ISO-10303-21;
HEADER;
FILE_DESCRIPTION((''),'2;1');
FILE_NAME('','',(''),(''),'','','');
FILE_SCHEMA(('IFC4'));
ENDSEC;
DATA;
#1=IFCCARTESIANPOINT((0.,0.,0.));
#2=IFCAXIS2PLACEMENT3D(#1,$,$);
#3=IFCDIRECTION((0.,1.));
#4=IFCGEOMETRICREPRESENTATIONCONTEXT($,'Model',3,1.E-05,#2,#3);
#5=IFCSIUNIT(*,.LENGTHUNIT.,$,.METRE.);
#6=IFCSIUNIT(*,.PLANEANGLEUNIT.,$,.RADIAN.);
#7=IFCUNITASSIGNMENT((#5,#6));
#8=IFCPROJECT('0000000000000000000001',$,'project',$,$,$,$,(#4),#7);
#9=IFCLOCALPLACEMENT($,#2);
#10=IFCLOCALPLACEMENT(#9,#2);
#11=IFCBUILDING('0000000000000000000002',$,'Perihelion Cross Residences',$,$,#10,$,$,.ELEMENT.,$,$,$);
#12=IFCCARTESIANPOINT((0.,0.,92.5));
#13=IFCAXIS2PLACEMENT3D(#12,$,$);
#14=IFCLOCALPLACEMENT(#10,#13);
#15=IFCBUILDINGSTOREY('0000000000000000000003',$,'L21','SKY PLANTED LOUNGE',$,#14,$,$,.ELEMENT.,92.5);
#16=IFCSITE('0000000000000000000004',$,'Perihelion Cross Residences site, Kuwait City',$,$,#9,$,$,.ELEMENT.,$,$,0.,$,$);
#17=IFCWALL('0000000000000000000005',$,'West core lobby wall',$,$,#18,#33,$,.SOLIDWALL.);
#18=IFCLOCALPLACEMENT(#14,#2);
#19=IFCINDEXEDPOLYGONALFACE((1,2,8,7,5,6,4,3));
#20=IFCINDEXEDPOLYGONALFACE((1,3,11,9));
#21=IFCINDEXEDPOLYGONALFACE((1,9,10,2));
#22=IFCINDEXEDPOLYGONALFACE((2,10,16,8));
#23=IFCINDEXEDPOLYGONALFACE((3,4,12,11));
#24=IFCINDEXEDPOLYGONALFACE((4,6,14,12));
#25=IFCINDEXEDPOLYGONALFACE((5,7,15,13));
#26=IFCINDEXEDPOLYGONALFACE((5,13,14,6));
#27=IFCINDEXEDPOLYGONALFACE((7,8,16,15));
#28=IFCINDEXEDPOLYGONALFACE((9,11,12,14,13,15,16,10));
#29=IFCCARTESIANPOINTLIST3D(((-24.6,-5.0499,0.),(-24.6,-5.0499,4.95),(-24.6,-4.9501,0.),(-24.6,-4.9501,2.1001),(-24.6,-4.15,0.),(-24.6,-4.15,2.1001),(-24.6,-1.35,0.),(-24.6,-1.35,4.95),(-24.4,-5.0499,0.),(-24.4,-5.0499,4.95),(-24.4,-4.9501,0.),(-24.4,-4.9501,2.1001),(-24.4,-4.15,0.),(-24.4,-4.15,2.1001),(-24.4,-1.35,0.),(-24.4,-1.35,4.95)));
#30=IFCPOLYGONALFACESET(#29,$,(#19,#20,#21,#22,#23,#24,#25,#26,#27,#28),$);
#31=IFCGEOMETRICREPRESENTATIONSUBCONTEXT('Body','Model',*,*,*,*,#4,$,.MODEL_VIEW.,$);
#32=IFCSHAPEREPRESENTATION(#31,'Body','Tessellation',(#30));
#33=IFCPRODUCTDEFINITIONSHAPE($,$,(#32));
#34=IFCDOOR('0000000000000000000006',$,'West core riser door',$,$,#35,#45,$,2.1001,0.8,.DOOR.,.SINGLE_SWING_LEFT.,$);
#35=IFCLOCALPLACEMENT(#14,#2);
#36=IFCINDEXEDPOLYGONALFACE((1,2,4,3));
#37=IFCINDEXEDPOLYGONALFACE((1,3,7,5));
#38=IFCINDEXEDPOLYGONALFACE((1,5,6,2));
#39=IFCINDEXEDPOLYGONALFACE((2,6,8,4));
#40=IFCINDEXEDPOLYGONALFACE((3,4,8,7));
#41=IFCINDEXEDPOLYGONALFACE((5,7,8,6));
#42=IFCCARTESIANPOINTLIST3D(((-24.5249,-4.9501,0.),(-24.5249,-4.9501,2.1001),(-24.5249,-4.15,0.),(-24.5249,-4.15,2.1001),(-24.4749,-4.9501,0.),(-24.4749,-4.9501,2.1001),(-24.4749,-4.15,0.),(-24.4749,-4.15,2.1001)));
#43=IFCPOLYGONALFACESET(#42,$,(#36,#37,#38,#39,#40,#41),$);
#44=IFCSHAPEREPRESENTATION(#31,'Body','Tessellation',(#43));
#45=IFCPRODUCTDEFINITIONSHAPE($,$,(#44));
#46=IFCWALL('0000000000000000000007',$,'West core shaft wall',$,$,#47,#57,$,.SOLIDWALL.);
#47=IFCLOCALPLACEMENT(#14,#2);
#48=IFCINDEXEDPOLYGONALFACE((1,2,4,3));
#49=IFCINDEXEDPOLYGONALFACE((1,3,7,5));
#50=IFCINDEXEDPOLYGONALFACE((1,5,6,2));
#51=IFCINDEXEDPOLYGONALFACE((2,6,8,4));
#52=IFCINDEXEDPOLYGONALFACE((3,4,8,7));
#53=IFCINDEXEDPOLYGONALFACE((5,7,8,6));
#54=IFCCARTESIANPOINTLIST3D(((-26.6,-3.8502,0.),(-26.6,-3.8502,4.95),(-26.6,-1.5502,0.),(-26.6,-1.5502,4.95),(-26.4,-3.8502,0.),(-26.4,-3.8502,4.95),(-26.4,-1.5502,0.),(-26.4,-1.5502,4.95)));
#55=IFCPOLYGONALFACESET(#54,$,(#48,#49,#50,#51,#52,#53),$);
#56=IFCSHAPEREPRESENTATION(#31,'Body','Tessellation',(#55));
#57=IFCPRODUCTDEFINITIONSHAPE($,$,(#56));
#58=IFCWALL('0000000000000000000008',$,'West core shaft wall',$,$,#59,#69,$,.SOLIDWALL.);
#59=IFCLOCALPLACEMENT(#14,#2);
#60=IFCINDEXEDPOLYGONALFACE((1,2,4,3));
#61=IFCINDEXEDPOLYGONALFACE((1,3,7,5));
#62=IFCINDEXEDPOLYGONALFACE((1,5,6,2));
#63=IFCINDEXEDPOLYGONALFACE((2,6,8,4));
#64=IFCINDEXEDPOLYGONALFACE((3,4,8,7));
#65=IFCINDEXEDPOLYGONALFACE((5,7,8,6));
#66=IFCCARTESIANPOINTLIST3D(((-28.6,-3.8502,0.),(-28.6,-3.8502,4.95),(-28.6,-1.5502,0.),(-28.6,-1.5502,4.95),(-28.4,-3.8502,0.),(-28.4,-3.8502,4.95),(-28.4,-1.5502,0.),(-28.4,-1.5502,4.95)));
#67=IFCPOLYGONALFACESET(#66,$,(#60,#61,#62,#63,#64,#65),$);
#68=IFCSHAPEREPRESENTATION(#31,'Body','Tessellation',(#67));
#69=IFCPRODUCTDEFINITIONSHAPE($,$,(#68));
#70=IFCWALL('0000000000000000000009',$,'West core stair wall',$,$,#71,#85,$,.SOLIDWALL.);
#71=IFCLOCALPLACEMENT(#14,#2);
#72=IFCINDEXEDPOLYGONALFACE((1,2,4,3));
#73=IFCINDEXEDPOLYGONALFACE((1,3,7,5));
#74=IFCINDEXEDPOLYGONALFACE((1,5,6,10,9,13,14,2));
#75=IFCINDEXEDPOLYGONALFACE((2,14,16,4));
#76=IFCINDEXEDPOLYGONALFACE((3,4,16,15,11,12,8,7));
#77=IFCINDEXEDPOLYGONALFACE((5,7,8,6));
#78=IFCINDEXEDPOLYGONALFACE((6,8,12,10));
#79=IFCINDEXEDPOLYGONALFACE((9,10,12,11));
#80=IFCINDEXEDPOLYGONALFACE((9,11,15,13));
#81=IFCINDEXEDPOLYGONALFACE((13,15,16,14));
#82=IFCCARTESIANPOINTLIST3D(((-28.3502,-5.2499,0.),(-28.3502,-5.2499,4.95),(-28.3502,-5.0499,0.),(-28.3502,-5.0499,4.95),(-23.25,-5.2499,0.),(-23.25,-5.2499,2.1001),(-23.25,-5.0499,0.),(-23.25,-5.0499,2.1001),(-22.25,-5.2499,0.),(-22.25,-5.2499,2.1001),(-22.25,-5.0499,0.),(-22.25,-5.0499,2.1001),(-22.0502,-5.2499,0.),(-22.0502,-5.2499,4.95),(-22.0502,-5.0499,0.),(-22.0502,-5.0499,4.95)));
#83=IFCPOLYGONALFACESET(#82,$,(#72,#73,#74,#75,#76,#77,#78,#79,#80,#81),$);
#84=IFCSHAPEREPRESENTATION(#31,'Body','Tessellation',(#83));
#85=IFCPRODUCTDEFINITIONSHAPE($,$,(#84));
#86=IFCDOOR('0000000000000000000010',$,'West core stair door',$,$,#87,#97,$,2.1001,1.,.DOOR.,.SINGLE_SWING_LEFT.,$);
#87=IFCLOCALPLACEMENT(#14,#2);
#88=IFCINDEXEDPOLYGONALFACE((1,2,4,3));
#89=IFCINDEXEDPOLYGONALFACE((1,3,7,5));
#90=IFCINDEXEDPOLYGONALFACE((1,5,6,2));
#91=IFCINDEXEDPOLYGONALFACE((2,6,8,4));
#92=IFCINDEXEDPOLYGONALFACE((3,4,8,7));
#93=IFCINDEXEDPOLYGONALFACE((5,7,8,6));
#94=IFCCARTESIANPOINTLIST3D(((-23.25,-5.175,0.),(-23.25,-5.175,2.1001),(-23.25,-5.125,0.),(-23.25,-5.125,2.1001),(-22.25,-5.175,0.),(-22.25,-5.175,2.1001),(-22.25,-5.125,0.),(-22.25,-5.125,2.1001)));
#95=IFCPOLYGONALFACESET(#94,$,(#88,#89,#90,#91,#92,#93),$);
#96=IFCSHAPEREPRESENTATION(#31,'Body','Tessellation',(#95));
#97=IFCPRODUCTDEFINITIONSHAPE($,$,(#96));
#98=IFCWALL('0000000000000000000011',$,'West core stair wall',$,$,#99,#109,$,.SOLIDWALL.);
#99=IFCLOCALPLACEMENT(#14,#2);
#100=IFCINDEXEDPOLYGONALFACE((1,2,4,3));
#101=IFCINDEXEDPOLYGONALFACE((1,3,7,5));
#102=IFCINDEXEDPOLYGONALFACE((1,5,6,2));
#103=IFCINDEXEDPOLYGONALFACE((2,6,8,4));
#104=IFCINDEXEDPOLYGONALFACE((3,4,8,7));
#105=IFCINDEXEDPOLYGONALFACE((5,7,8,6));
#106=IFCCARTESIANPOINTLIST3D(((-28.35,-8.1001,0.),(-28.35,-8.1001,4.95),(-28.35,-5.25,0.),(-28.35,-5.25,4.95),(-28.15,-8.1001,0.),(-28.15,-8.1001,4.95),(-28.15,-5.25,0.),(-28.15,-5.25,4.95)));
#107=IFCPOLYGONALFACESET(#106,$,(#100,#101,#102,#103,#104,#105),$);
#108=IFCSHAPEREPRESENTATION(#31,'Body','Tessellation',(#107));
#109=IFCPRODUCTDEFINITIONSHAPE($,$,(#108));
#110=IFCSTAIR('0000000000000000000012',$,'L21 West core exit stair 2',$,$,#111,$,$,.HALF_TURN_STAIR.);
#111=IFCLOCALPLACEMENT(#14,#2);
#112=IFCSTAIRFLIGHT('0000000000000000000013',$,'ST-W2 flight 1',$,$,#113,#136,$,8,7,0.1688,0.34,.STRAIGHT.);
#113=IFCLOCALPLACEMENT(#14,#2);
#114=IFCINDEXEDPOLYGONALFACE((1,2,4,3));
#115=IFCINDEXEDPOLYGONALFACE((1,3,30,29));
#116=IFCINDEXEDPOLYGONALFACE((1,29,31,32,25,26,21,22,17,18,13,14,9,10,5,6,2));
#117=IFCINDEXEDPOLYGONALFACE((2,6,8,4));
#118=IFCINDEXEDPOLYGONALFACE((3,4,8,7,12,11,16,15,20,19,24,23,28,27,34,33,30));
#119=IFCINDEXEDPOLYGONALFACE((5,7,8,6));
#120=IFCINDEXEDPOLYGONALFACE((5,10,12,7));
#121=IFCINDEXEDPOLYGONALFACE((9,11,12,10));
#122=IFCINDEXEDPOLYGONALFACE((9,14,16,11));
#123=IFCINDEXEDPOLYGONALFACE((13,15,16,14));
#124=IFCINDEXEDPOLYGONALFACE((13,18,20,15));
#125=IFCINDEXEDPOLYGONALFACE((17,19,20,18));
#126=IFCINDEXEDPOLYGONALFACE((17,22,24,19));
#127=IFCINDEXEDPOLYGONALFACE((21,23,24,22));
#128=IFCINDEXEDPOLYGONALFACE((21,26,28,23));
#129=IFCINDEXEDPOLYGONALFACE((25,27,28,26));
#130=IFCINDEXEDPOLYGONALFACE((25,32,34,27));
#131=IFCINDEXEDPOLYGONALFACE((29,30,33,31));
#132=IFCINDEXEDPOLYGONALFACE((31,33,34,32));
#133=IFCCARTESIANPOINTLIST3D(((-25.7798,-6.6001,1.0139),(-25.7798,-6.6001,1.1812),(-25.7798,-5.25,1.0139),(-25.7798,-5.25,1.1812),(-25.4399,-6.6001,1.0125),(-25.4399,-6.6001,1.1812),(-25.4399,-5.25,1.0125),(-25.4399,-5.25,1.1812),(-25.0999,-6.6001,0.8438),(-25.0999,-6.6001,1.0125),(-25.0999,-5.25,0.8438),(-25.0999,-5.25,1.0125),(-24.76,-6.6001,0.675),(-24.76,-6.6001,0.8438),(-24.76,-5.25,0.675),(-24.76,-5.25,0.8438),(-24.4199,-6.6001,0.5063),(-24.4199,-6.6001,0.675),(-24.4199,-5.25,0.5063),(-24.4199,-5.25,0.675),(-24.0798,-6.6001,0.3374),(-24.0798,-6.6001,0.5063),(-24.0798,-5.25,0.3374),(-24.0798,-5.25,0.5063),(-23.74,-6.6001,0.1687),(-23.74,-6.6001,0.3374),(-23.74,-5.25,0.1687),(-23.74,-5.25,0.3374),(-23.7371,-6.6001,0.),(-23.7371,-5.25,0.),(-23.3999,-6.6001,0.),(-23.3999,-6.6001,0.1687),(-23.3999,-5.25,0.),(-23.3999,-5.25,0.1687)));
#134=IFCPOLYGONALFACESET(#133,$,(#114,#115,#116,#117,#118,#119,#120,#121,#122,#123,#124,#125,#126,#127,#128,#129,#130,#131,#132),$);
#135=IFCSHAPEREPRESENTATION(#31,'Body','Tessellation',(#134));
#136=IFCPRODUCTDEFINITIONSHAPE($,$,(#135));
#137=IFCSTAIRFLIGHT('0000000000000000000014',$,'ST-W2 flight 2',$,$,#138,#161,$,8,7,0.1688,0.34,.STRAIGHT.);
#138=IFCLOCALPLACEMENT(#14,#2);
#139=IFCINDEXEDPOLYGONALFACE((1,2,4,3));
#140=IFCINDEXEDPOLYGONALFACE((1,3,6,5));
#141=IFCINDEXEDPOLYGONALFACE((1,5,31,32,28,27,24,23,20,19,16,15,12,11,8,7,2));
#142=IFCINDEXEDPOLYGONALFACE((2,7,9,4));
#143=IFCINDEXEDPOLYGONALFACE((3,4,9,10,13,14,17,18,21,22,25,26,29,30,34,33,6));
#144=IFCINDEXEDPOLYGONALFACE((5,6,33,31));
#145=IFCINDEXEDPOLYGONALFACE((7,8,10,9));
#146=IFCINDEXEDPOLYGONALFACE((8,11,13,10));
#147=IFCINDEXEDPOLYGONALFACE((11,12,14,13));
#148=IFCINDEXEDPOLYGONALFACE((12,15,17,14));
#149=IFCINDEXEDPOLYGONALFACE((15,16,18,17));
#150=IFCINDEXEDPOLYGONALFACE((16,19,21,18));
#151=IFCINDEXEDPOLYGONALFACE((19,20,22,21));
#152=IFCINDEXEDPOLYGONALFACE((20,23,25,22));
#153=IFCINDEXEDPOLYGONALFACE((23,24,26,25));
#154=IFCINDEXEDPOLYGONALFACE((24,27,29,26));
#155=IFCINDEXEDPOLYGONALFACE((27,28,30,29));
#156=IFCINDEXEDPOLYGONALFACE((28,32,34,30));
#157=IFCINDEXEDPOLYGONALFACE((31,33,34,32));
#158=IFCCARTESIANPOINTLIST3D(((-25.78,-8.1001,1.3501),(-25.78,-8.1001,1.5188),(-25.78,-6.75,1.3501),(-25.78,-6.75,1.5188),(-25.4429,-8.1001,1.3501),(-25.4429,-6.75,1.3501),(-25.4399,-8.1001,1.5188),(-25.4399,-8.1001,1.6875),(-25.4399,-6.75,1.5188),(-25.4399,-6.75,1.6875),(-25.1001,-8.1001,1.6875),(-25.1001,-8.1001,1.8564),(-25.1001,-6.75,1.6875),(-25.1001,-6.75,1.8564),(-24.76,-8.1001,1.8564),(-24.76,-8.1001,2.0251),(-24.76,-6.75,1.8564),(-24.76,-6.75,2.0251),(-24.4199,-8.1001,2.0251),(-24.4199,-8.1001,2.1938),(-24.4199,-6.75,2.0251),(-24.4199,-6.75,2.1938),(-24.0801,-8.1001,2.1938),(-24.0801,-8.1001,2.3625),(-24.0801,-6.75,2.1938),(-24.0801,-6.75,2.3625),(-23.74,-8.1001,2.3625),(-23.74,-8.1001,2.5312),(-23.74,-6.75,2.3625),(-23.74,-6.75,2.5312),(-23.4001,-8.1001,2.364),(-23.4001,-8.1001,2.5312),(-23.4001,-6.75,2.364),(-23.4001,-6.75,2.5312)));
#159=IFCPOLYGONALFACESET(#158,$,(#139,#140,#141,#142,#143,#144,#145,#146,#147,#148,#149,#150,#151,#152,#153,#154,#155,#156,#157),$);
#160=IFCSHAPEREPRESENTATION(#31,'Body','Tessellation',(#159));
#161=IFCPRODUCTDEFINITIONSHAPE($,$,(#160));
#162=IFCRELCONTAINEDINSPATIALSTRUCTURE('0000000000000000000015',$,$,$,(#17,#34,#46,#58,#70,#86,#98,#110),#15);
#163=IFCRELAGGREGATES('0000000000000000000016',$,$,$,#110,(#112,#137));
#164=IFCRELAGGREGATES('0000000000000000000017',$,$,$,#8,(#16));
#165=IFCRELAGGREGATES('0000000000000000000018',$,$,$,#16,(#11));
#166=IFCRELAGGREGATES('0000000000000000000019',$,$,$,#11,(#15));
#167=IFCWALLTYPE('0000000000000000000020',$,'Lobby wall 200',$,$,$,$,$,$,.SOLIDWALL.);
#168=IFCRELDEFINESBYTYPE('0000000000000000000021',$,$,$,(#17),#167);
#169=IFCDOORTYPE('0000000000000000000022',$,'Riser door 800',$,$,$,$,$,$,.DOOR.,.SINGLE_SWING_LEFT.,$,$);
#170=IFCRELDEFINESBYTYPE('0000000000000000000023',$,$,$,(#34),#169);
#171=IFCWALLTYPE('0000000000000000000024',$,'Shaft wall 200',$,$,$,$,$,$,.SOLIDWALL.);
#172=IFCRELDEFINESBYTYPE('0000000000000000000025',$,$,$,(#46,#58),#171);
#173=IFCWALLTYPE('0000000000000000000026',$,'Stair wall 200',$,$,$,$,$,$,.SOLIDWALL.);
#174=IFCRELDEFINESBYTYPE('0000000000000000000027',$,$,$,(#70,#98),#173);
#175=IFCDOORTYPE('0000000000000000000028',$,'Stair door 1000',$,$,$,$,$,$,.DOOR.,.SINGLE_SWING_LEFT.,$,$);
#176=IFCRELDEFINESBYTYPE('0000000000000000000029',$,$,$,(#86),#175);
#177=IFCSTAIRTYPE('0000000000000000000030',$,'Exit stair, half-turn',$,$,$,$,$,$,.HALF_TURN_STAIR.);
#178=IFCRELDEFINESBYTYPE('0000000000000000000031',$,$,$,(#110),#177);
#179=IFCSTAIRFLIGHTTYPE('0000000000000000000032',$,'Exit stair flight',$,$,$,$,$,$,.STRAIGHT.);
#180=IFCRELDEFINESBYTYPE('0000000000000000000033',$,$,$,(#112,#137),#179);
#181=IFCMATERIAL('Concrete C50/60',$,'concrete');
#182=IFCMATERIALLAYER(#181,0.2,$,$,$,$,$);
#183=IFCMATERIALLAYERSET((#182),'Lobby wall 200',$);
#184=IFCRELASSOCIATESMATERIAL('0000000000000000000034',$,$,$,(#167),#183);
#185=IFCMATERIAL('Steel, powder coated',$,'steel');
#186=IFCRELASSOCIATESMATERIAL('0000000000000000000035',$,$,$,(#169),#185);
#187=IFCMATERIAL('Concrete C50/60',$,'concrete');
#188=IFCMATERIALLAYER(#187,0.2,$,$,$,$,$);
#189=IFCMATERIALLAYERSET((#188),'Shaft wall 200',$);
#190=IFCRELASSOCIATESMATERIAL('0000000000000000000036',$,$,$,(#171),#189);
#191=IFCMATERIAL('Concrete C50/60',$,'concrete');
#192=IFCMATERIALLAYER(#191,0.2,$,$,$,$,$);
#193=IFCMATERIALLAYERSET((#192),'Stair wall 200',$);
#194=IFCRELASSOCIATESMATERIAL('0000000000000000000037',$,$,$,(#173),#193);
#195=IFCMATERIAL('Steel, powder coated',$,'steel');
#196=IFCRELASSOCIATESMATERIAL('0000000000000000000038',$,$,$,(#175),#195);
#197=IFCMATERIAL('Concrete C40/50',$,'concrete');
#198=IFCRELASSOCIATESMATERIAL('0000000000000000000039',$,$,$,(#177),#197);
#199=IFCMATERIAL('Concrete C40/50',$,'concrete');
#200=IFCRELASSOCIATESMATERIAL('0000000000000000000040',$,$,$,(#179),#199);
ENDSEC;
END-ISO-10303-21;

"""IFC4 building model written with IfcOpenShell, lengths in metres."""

from ifc_helpers import new_model, si_unit, direction, frame, frame_2d, origin, place, context, subcontext, project, spatial, polyline, rectangle, outline, extrude, material, layer, layer_set, type_object, element, fill, aggregate, save


model = new_model("IFC4")

# Units and contexts
model_context = context("Model", 3, precision=1e-05, world=origin(), true_north=direction((0.0, 1.0)))
body_context = subcontext(model_context, "Body", "Model", "MODEL_VIEW")
ifc_project = project(units=[si_unit("LENGTHUNIT", "METRE"), si_unit("PLANEANGLEUNIT", "RADIAN")], contexts=[model_context])

# Site, building, storey
site_placement = place(None, origin())
site = spatial("IfcSite", under=ifc_project, at=site_placement, Name="Perihelion Cross Residences site, Kuwait City", CompositionType="ELEMENT", RefElevation=0.0)
building_placement = place(site_placement, origin())
building = spatial("IfcBuilding", under=site, at=building_placement, Name="Perihelion Cross Residences", CompositionType="ELEMENT")
storey_placement = place(building_placement, frame((0.0, 0.0, 92.5)))
storey = spatial("IfcBuildingStorey", under=building, at=storey_placement, Name="L21", Description="SKY PLANTED LOUNGE", CompositionType="ELEMENT", Elevation=92.5)

# Wall, opening, door
ifc_material_1 = material(Name="Concrete C50/60", Category="concrete")
ifc_layer_1 = layer(ifc_material_1, 0.2)
ifc_layer_set_1 = layer_set([ifc_layer_1], Name="Lobby wall 200")
wall_type_1 = type_object("IfcWallType", Name="Lobby wall 200", PredefinedType="SOLIDWALL", material=ifc_layer_set_1)
wall_1_placement = place(storey_placement, frame((-24.5, -5.05, 0.0), z_axis=(0.0, 0.0, 1.0), x_axis=(0.0, 1.0, 0.0)))
wall_1 = element("IfcWall", 1, at=wall_1_placement, inside=storey, type_object=wall_type_1, Name="West core lobby wall", PredefinedType="SOLIDWALL", context=body_context, shape_type="SweptSolid", body=[
    extrude(rectangle(XDim=3.7, YDim=0.2, at=frame_2d((1.8501, 0.0))), origin(), (0.0, 0.0, 1.0), 4.95),
])
opening_1_placement = place(wall_1_placement, frame((0.1001, 0.0, 0.0)))
opening_1 = element("IfcOpeningElement", 2, at=opening_1_placement, cuts=wall_1, PredefinedType="OPENING", context=body_context, shape_type="SweptSolid", body=[
    extrude(rectangle(XDim=0.8, YDim=2.1001, at=frame_2d((0.3999, 1.05))), frame((0.0, 0.1099, 0.0), z_axis=(0.0, -1.0, 0.0), x_axis=(1.0, 0.0, 0.0)), (0.0, 0.0, 1.0), 0.22),
])
ifc_material_2 = material(Name="Steel, powder coated", Category="steel")
door_type_1 = type_object("IfcDoorType", Name="Riser door 800", OperationType="SINGLE_SWING_LEFT", PredefinedType="DOOR", material=ifc_material_2)
door_1_placement = place(opening_1_placement, origin())
door_1 = element("IfcDoor", 3, at=door_1_placement, inside=storey, type_object=door_type_1, Name="West core riser door", OperationType="SINGLE_SWING_LEFT", OverallHeight=2.1001, OverallWidth=0.8, PredefinedType="DOOR", context=body_context, shape_type="SweptSolid", body=[
    extrude(rectangle(XDim=0.8, YDim=2.1001, at=frame_2d((0.3999, 1.05))), frame((0.0, 0.0249, 0.0), z_axis=(0.0, -1.0, 0.0), x_axis=(1.0, 0.0, 0.0)), (0.0, 0.0, 1.0), 0.05),
])
fill(opening_1, door_1)

# Walls
ifc_material_3 = material(Name="Concrete C50/60", Category="concrete")
ifc_layer_2 = layer(ifc_material_3, 0.2)
ifc_layer_set_2 = layer_set([ifc_layer_2], Name="Shaft wall 200")
wall_type_2 = type_object("IfcWallType", Name="Shaft wall 200", PredefinedType="SOLIDWALL", material=ifc_layer_set_2)
for number, where, z_axis, x_axis, name in (
    (4, (-26.5, -3.8501, 0.0), (0.0, 0.0, 1.0), (0.0, 1.0, 0.0), "West core shaft wall"),
    (5, (-28.5, -3.8501, 0.0), (0.0, 0.0, 1.0), (0.0, 1.0, 0.0), "West core shaft wall"),
):
    element("IfcWall", number, at=place(storey_placement, frame(where, z_axis=z_axis, x_axis=x_axis)), inside=storey, type_object=wall_type_2, Name=name, PredefinedType="SOLIDWALL", context=body_context, shape_type="SweptSolid", body=[
        extrude(rectangle(XDim=2.3, YDim=0.2, at=frame_2d((1.1499, 0.0))), origin(), (0.0, 0.0, 1.0), 4.95),
    ])

# Wall, opening, door
ifc_material_4 = material(Name="Concrete C50/60", Category="concrete")
ifc_layer_3 = layer(ifc_material_4, 0.2)
ifc_layer_set_3 = layer_set([ifc_layer_3], Name="Stair wall 200")
wall_type_3 = type_object("IfcWallType", Name="Stair wall 200", PredefinedType="SOLIDWALL", material=ifc_layer_set_3)
wall_2_placement = place(storey_placement, frame((-28.3501, -5.1499, 0.0), z_axis=(0.0, 0.0, 1.0), x_axis=(1.0, 0.0, 0.0)))
wall_2 = element("IfcWall", 6, at=wall_2_placement, inside=storey, type_object=wall_type_3, Name="West core stair wall", PredefinedType="SOLIDWALL", context=body_context, shape_type="SweptSolid", body=[
    extrude(rectangle(XDim=6.3, YDim=0.2, at=frame_2d((3.1499, 0.0))), origin(), (0.0, 0.0, 1.0), 4.95),
])
opening_2_placement = place(wall_2_placement, frame((5.1001, 0.0, 0.0)))
opening_2 = element("IfcOpeningElement", 7, at=opening_2_placement, cuts=wall_2, PredefinedType="OPENING", context=body_context, shape_type="SweptSolid", body=[
    extrude(rectangle(XDim=1.0, YDim=2.1001, at=frame_2d((0.5, 1.05))), frame((0.0, 0.1099, 0.0), z_axis=(0.0, -1.0, 0.0), x_axis=(1.0, 0.0, 0.0)), (0.0, 0.0, 1.0), 0.22),
])
ifc_material_5 = material(Name="Steel, powder coated", Category="steel")
door_type_2 = type_object("IfcDoorType", Name="Stair door 1000", OperationType="SINGLE_SWING_LEFT", PredefinedType="DOOR", material=ifc_material_5)
door_2_placement = place(opening_2_placement, origin())
door_2 = element("IfcDoor", 8, at=door_2_placement, inside=storey, type_object=door_type_2, Name="West core stair door", OperationType="SINGLE_SWING_LEFT", OverallHeight=2.1001, OverallWidth=1.0, PredefinedType="DOOR", context=body_context, shape_type="SweptSolid", body=[
    extrude(rectangle(XDim=1.0, YDim=2.1001, at=frame_2d((0.5, 1.05))), frame((0.0, 0.0249, 0.0), z_axis=(0.0, -1.0, 0.0), x_axis=(1.0, 0.0, 0.0)), (0.0, 0.0, 1.0), 0.05),
])
fill(opening_2, door_2)

# Wall
wall_3_placement = place(storey_placement, frame((-28.25, -8.1001, 0.0), z_axis=(0.0, 0.0, 1.0), x_axis=(0.0, 1.0, 0.0)))
element("IfcWall", 9, at=wall_3_placement, inside=storey, type_object=wall_type_3, Name="West core stair wall", PredefinedType="SOLIDWALL", context=body_context, shape_type="SweptSolid", body=[
    extrude(rectangle(XDim=2.8501, YDim=0.2, at=frame_2d((1.425, 0.0))), origin(), (0.0, 0.0, 1.0), 4.95),
])

# Stair, stair flights
ifc_material_6 = material(Name="Concrete C40/50", Category="concrete")
stair_type = type_object("IfcStairType", Name="Exit stair, half-turn", PredefinedType="HALF_TURN_STAIR", material=ifc_material_6)
stair_placement = place(storey_placement, origin())
stair = element("IfcStair", 10, at=stair_placement, inside=storey, type_object=stair_type, Name="L21 West core exit stair 2", PredefinedType="HALF_TURN_STAIR")
ifc_material_7 = material(Name="Concrete C40/50", Category="concrete")
stair_flight_type = type_object("IfcStairFlightType", Name="Exit stair flight", PredefinedType="STRAIGHT", material=ifc_material_7)
stair_flight_1_placement = place(storey_placement, frame((-23.3999, -5.925, 0.0), z_axis=(0.0, 0.0, 1.0), x_axis=(-1.0, 0.0, 0.0)))
stair_flight_1 = element("IfcStairFlight", 11, at=stair_flight_1_placement, type_object=stair_flight_type, Name="ST-W2 flight 1", NumberOfRisers=8, NumberOfTreads=7, PredefinedType="STRAIGHT", RiserHeight=0.1688, TreadLength=0.34, context=body_context, shape_type="SweptSolid", body=[
    extrude(outline(polyline([(0.0, 0.0), (0.0, 0.1687), (0.3401, 0.1687), (0.3401, 0.3374), (0.6799, 0.3374), (0.6799, 0.5063), (1.02, 0.5063), (1.02, 0.675), (1.3601, 0.675), (1.3601, 0.8438), (1.7, 0.8438), (1.7, 1.0125), (2.04, 1.0125), (2.04, 1.1812), (2.3799, 1.1812), (2.3799, 1.3501), (2.3799, 1.0139), (0.3372, 0.0), (0.0, 0.0)])), frame((0.0, 0.675, 0.0), z_axis=(0.0, -1.0, 0.0), x_axis=(1.0, 0.0, 0.0)), (0.0, 0.0, 1.0), 1.3501),
])
stair_flight_2_placement = place(storey_placement, frame((-25.78, -7.425, 1.3501), z_axis=(0.0, 0.0, 1.0), x_axis=(1.0, 0.0, 0.0)))
stair_flight_2 = element("IfcStairFlight", 12, at=stair_flight_2_placement, type_object=stair_flight_type, Name="ST-W2 flight 2", NumberOfRisers=8, NumberOfTreads=7, PredefinedType="STRAIGHT", RiserHeight=0.1688, TreadLength=0.34, context=body_context, shape_type="SweptSolid", body=[
    extrude(outline(polyline([(0.0, 0.0), (0.0, 0.1687), (0.3401, 0.1687), (0.3401, 0.3374), (0.6799, 0.3374), (0.6799, 0.5063), (1.02, 0.5063), (1.02, 0.675), (1.3601, 0.675), (1.3601, 0.8438), (1.7, 0.8438), (1.7, 1.0125), (2.04, 1.0125), (2.04, 1.1812), (2.3799, 1.1812), (2.3799, 1.3501), (2.3799, 1.0139), (0.3372, 0.0), (0.0, 0.0)])), frame((0.0, 0.675, 0.0), z_axis=(0.0, -1.0, 0.0), x_axis=(1.0, 0.0, 0.0)), (0.0, 0.0, 1.0), 1.3501),
])
aggregate(stair, [stair_flight_1, stair_flight_2])

save(model, "model.ifc")
